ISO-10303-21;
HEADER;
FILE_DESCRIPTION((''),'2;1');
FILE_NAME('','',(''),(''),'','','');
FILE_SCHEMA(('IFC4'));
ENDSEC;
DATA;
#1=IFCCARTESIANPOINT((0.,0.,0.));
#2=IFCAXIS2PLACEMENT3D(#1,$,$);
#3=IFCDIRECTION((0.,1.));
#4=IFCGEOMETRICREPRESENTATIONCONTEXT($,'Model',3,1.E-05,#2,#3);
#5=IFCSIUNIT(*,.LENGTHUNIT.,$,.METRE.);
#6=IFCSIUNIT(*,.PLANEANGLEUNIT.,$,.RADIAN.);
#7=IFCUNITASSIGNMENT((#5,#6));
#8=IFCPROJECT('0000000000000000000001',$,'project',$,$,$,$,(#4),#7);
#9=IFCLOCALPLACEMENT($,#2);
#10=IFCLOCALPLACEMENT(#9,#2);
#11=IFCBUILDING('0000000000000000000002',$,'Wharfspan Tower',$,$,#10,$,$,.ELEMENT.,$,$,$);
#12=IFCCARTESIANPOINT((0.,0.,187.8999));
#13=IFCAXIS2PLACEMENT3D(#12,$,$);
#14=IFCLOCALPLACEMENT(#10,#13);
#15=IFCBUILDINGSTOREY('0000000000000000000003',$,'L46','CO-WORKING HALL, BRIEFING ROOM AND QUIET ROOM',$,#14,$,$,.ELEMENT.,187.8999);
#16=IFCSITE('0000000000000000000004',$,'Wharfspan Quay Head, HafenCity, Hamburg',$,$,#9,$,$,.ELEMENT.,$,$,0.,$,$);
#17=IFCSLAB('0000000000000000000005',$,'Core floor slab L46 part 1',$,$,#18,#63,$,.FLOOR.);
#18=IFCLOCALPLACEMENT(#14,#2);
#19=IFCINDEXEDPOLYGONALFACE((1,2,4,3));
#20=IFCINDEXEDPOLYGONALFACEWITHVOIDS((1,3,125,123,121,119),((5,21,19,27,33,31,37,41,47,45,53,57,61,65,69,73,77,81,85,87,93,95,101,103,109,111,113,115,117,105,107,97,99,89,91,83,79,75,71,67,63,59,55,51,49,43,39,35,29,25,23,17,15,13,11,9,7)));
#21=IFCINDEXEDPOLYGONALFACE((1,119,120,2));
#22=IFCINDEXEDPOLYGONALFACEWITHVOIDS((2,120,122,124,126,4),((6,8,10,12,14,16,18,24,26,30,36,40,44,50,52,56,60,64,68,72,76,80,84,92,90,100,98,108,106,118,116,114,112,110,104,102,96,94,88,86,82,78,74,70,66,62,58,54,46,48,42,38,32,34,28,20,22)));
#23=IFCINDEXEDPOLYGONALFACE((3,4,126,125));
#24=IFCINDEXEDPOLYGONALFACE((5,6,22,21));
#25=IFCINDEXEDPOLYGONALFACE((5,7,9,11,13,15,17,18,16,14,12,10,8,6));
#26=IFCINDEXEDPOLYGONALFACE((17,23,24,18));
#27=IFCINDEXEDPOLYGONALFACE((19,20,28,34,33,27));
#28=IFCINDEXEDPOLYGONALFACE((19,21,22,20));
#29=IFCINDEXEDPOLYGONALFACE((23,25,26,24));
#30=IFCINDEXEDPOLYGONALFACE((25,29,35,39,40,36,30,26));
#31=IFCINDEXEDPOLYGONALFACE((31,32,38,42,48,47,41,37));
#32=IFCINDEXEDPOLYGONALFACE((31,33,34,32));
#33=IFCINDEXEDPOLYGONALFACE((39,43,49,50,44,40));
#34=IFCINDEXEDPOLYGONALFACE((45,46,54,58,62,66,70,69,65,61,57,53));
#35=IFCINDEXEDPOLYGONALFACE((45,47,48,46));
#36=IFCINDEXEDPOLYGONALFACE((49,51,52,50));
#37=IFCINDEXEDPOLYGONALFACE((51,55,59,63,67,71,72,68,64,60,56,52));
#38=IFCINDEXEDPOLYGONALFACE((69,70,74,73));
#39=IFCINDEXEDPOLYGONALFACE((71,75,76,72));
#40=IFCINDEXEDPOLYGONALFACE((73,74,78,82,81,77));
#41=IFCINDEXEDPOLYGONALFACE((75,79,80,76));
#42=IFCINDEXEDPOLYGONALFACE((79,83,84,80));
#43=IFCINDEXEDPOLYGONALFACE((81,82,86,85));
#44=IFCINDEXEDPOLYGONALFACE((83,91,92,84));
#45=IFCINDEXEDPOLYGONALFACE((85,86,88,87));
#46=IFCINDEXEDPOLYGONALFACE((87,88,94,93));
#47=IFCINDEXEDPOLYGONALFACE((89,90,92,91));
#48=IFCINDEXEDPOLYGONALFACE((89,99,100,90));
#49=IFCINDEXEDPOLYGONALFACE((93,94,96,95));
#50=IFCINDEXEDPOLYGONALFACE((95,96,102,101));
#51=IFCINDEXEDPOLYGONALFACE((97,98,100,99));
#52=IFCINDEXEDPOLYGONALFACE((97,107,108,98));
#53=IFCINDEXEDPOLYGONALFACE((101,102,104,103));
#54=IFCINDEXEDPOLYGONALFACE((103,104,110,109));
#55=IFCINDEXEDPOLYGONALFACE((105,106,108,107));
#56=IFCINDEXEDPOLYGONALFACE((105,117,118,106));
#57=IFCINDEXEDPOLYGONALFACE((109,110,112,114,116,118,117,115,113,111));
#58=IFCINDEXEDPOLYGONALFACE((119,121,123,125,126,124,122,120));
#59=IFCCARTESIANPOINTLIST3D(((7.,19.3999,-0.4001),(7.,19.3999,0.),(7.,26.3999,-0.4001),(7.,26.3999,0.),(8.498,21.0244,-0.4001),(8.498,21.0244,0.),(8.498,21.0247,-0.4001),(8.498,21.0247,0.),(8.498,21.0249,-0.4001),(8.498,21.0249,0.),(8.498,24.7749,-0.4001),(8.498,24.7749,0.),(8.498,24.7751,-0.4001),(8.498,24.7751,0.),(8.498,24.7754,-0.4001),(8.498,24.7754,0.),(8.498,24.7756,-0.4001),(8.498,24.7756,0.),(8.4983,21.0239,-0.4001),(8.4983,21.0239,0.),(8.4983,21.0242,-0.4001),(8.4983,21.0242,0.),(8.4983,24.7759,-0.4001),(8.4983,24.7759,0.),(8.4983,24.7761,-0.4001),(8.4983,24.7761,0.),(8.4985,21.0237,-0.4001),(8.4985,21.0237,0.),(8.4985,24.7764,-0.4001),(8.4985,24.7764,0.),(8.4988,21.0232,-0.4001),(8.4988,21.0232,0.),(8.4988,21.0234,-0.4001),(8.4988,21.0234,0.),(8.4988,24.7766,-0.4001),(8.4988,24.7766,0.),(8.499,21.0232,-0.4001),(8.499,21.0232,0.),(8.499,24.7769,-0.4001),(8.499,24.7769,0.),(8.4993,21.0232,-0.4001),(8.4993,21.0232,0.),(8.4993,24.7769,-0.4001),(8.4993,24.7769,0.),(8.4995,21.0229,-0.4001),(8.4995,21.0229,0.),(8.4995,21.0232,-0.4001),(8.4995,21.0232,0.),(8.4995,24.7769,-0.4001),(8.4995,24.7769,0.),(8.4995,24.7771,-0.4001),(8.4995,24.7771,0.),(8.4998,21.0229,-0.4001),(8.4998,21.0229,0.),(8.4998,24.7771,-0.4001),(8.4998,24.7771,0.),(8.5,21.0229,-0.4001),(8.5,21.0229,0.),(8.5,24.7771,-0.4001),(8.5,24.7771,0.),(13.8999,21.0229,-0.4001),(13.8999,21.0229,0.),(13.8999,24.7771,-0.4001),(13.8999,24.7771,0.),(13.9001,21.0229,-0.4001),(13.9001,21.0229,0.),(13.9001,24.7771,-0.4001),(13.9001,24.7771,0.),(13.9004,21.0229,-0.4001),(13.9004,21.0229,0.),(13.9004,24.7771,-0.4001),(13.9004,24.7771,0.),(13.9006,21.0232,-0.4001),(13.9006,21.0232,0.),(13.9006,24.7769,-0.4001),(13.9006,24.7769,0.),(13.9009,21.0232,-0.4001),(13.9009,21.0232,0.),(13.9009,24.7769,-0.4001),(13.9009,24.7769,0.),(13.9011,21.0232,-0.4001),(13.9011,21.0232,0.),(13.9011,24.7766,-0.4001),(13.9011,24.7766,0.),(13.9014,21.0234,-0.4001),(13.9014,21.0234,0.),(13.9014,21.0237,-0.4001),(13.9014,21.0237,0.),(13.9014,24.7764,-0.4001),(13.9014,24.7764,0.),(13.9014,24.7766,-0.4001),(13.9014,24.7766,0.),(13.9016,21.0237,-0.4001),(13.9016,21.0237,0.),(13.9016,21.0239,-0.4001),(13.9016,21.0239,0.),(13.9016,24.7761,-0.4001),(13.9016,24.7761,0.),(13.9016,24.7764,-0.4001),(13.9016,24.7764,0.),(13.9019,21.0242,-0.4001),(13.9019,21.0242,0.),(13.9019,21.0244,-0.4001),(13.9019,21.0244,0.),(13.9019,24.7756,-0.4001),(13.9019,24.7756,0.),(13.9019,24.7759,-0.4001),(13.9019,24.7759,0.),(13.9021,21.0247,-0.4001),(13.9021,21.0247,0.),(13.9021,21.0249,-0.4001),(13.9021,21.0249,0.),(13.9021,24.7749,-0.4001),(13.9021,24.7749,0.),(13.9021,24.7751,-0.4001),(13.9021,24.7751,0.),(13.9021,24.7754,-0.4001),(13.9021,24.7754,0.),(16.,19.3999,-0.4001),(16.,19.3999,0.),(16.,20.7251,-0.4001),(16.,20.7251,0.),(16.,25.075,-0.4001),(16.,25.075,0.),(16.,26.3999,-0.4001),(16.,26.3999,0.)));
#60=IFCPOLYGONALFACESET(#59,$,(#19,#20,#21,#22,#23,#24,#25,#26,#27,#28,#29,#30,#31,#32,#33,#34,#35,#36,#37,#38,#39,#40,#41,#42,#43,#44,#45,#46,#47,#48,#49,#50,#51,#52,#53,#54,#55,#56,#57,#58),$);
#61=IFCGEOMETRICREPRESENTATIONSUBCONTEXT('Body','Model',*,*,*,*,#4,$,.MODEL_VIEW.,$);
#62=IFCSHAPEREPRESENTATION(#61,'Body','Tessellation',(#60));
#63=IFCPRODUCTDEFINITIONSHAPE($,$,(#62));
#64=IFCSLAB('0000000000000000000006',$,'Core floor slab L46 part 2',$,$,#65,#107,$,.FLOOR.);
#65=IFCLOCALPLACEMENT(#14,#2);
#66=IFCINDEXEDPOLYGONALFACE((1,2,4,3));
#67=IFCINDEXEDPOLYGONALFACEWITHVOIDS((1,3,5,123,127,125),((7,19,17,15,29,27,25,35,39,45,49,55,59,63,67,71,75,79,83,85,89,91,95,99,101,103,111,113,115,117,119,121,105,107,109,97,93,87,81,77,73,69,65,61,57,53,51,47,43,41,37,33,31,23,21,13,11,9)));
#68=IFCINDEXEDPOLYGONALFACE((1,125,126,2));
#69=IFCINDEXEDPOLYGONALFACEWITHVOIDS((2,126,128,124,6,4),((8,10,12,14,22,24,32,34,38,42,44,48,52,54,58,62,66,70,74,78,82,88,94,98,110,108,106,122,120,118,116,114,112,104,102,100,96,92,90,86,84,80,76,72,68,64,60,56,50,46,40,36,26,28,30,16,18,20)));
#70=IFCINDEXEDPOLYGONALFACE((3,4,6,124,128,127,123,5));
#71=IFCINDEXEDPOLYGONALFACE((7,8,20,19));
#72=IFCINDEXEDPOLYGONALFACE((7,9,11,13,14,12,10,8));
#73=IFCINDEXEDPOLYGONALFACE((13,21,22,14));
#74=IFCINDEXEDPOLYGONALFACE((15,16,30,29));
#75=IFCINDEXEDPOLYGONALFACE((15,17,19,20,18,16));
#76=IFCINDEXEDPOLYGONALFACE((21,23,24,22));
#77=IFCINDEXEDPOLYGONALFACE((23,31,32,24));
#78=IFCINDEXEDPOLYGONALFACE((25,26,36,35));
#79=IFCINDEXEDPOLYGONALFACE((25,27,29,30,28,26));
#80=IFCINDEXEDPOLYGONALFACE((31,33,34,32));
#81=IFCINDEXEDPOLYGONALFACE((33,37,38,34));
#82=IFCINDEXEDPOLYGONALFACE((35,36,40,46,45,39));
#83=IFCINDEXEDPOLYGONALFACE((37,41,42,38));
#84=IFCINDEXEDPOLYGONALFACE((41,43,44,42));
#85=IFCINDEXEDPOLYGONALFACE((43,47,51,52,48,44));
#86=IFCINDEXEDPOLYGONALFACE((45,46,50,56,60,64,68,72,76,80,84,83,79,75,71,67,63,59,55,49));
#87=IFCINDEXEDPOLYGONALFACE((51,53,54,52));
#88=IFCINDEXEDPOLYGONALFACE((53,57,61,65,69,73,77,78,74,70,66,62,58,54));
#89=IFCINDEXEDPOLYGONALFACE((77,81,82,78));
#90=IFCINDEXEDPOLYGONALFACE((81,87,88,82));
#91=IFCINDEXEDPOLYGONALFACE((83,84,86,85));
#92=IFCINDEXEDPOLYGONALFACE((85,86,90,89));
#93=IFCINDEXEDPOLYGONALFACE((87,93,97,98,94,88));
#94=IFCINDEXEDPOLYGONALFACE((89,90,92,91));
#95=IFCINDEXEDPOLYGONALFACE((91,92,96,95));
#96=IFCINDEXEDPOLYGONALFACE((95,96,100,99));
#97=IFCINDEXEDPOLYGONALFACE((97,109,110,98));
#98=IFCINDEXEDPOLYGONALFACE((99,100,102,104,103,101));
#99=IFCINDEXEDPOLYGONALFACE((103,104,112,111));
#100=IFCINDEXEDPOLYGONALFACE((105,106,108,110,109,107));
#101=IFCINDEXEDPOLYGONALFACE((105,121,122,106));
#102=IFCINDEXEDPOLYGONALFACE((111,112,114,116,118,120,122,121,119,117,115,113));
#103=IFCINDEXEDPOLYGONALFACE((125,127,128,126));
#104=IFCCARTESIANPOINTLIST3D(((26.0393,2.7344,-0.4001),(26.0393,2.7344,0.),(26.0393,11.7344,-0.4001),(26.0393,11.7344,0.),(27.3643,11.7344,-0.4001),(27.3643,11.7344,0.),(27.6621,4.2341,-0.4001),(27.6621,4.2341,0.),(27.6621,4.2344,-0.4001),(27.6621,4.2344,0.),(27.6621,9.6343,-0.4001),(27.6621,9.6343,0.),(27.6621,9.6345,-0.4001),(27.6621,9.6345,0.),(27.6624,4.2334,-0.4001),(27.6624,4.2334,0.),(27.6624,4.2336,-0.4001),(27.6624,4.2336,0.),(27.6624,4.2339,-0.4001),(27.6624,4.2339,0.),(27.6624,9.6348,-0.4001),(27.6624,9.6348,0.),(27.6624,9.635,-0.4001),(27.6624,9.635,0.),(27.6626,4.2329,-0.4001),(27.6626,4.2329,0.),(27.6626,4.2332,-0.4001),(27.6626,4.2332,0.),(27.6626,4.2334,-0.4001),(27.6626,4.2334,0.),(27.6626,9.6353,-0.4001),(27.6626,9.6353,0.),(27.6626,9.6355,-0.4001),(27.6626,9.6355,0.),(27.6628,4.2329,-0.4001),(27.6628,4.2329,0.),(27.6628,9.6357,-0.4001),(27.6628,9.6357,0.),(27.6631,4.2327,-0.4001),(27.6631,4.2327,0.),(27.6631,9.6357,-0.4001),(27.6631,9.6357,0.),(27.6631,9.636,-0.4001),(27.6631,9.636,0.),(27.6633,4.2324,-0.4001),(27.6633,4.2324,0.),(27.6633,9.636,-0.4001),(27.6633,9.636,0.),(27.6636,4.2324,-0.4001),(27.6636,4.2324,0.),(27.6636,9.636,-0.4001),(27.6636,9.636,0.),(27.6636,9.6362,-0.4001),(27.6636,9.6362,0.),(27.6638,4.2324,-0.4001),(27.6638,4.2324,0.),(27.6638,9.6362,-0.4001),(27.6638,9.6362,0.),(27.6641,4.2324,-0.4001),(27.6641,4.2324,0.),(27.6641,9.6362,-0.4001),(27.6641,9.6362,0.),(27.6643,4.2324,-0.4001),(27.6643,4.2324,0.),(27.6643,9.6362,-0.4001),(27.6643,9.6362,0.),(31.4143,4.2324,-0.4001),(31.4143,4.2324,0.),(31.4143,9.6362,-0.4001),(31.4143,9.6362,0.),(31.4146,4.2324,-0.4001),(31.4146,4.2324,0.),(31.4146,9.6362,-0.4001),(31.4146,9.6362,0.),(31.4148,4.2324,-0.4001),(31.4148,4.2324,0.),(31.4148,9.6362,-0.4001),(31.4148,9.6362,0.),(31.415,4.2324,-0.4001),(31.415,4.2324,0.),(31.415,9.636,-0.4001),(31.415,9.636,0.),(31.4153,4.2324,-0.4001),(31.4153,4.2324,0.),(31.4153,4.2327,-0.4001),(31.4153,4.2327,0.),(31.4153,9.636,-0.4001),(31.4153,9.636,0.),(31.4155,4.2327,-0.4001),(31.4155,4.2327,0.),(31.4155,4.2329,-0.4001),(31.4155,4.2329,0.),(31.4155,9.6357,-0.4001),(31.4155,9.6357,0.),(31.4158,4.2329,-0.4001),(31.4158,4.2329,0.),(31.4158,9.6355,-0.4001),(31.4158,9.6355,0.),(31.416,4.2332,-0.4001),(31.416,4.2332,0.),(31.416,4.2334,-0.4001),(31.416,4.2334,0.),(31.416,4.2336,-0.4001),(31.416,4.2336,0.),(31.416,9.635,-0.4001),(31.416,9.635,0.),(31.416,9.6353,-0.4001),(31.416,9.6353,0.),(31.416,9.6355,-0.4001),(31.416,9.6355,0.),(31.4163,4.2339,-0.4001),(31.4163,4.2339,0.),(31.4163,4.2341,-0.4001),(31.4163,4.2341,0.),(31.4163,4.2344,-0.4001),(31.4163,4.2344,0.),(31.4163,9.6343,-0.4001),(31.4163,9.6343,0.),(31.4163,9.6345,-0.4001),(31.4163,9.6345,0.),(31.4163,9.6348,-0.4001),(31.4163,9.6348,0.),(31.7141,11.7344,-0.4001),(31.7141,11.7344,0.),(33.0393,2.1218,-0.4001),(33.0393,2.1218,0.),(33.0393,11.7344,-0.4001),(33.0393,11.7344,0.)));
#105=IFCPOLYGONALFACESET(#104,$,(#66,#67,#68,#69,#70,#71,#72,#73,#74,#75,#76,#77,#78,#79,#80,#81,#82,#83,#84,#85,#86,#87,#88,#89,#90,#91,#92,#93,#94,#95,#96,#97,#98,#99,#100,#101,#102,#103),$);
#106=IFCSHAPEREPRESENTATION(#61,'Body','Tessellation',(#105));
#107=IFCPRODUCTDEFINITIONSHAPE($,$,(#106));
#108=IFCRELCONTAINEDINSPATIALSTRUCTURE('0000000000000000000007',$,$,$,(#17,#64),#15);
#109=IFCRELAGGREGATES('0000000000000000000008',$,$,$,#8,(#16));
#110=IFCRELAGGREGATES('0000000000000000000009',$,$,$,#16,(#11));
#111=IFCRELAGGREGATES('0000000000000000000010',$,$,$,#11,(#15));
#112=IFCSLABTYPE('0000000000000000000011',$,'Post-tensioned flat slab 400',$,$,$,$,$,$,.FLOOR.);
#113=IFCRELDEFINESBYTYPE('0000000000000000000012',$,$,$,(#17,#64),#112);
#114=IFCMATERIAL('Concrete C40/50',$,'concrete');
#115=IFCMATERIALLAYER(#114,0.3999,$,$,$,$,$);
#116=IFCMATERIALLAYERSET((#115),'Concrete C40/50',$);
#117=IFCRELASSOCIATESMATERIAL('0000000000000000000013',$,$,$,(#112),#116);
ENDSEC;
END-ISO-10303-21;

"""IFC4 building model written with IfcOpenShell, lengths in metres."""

from ifc_helpers import new_model, si_unit, direction, frame, origin, place, context, subcontext, project, spatial, polyline, outline, extrude, material, layer, layer_set, type_object, element, save


model = new_model("IFC4")

# Units and contexts
model_context = context("Model", 3, precision=1e-05, world=origin(), true_north=direction((0.0, 1.0)))
body_context = subcontext(model_context, "Body", "Model", "MODEL_VIEW")
ifc_project = project(units=[si_unit("LENGTHUNIT", "METRE"), si_unit("PLANEANGLEUNIT", "RADIAN")], contexts=[model_context])

# Site, building, storey
site_placement = place(None, origin())
site = spatial("IfcSite", under=ifc_project, at=site_placement, Name="Wharfspan Quay Head, HafenCity, Hamburg", CompositionType="ELEMENT", RefElevation=0.0)
building_placement = place(site_placement, origin())
building = spatial("IfcBuilding", under=site, at=building_placement, Name="Wharfspan Tower", CompositionType="ELEMENT")
storey_placement = place(building_placement, frame((0.0, 0.0, 187.8999)))
storey = spatial("IfcBuildingStorey", under=building, at=storey_placement, Name="L46", Description="CO-WORKING HALL, BRIEFING ROOM AND QUIET ROOM", CompositionType="ELEMENT", Elevation=187.8999)

# Slabs
ifc_material_1 = material(Name="Concrete C40/50", Category="concrete")
ifc_layer_1 = layer(ifc_material_1, 0.3999)
ifc_layer_set_1 = layer_set([ifc_layer_1], Name="Concrete C40/50")
slab_type_1 = type_object("IfcSlabType", Name="Post-tensioned flat slab 400", PredefinedType="FLOOR", material=ifc_layer_set_1)
slab_1_placement = place(storey_placement, frame((0.0, 0.0, -0.4001)))
element("IfcSlab", 1, at=slab_1_placement, inside=storey, type_object=slab_type_1, Name="Core floor slab L46 part 1", PredefinedType="FLOOR", context=body_context, shape_type="SweptSolid", body=[
    extrude(outline(polyline([(16.0, 20.7251), (16.0, 25.075), (16.0, 26.3999), (7.0, 26.3999), (7.0, 19.3999), (16.0, 19.3999), (16.0, 20.7251)]), holes=[polyline([(13.8999, 24.7771), (13.9001, 24.7771), (13.9004, 24.7771), (13.9006, 24.7769), (13.9009, 24.7769), (13.9009, 24.7769), (13.9011, 24.7766), (13.9014, 24.7766), (13.9014, 24.7764), (13.9016, 24.7764), (13.9016, 24.7761), (13.9019, 24.7759), (13.9019, 24.7759), (13.9019, 24.7756), (13.9021, 24.7754), (13.9021, 24.7751), (13.9021, 24.7749), (13.9021, 21.0249), (13.9021, 21.0249), (13.9021, 21.0247), (13.9019, 21.0244), (13.9019, 21.0242), (13.9019, 21.0242), (13.9016, 21.0239), (13.9016, 21.0237), (13.9014, 21.0237), (13.9014, 21.0234), (13.9011, 21.0232), (13.9009, 21.0232), (13.9009, 21.0232), (13.9006, 21.0232), (13.9004, 21.0229), (13.9001, 21.0229), (13.8999, 21.0229), (8.5, 21.0229), (8.4998, 21.0229), (8.4995, 21.0229), (8.4995, 21.0232), (8.4993, 21.0232), (8.499, 21.0232), (8.4988, 21.0232), (8.4988, 21.0234), (8.4985, 21.0237), (8.4985, 21.0237), (8.4983, 21.0239), (8.4983, 21.0242), (8.4983, 21.0242), (8.498, 21.0244), (8.498, 21.0247), (8.498, 21.0249), (8.498, 21.0249), (8.498, 24.7749), (8.498, 24.7751), (8.498, 24.7754), (8.498, 24.7756), (8.4983, 24.7759), (8.4983, 24.7759), (8.4983, 24.7761), (8.4985, 24.7764), (8.4985, 24.7764), (8.4988, 24.7766), (8.4988, 24.7766), (8.499, 24.7769), (8.4993, 24.7769), (8.4995, 24.7769), (8.4995, 24.7771), (8.4998, 24.7771), (8.5, 24.7771), (13.8999, 24.7771)])]), origin(), (0.0, 0.0, 1.0), 0.4001),
])
slab_2_placement = place(storey_placement, frame((0.0, 0.0, -0.4001)))
element("IfcSlab", 2, at=slab_2_placement, inside=storey, type_object=slab_type_1, Name="Core floor slab L46 part 2", PredefinedType="FLOOR", context=body_context, shape_type="SweptSolid", body=[
    extrude(outline(polyline([(31.7141, 11.7344), (27.3643, 11.7344), (26.0393, 11.7344), (26.0393, 2.7344), (33.0393, 2.1218), (33.0393, 11.7344), (31.7141, 11.7344)]), holes=[polyline([(27.6621, 9.6343), (27.6621, 9.6345), (27.6624, 9.6348), (27.6624, 9.635), (27.6624, 9.635), (27.6626, 9.6353), (27.6626, 9.6355), (27.6626, 9.6355), (27.6628, 9.6357), (27.6631, 9.6357), (27.6631, 9.636), (27.6633, 9.636), (27.6636, 9.636), (27.6636, 9.6362), (27.6638, 9.6362), (27.6641, 9.6362), (27.6643, 9.6362), (31.4143, 9.6362), (31.4143, 9.6362), (31.4146, 9.6362), (31.4148, 9.6362), (31.415, 9.636), (31.4153, 9.636), (31.4153, 9.636), (31.4155, 9.6357), (31.4155, 9.6357), (31.4158, 9.6355), (31.416, 9.6355), (31.416, 9.6353), (31.416, 9.635), (31.416, 9.635), (31.4163, 9.6348), (31.4163, 9.6345), (31.4163, 9.6343), (31.4163, 4.2344), (31.4163, 4.2341), (31.4163, 4.2339), (31.416, 4.2336), (31.416, 4.2334), (31.416, 4.2334), (31.416, 4.2332), (31.4158, 4.2329), (31.4155, 4.2329), (31.4155, 4.2327), (31.4153, 4.2327), (31.4153, 4.2324), (31.415, 4.2324), (31.4148, 4.2324), (31.4146, 4.2324), (31.4143, 4.2324), (31.4143, 4.2324), (27.6643, 4.2324), (27.6641, 4.2324), (27.6638, 4.2324), (27.6636, 4.2324), (27.6636, 4.2324), (27.6633, 4.2324), (27.6631, 4.2327), (27.6631, 4.2327), (27.6628, 4.2329), (27.6626, 4.2329), (27.6626, 4.2332), (27.6626, 4.2334), (27.6624, 4.2334), (27.6624, 4.2336), (27.6624, 4.2339), (27.6621, 4.2341), (27.6621, 4.2344), (27.6621, 9.6343)])]), origin(), (0.0, 0.0, 1.0), 0.4001),
])

save(model, "model.ifc")
